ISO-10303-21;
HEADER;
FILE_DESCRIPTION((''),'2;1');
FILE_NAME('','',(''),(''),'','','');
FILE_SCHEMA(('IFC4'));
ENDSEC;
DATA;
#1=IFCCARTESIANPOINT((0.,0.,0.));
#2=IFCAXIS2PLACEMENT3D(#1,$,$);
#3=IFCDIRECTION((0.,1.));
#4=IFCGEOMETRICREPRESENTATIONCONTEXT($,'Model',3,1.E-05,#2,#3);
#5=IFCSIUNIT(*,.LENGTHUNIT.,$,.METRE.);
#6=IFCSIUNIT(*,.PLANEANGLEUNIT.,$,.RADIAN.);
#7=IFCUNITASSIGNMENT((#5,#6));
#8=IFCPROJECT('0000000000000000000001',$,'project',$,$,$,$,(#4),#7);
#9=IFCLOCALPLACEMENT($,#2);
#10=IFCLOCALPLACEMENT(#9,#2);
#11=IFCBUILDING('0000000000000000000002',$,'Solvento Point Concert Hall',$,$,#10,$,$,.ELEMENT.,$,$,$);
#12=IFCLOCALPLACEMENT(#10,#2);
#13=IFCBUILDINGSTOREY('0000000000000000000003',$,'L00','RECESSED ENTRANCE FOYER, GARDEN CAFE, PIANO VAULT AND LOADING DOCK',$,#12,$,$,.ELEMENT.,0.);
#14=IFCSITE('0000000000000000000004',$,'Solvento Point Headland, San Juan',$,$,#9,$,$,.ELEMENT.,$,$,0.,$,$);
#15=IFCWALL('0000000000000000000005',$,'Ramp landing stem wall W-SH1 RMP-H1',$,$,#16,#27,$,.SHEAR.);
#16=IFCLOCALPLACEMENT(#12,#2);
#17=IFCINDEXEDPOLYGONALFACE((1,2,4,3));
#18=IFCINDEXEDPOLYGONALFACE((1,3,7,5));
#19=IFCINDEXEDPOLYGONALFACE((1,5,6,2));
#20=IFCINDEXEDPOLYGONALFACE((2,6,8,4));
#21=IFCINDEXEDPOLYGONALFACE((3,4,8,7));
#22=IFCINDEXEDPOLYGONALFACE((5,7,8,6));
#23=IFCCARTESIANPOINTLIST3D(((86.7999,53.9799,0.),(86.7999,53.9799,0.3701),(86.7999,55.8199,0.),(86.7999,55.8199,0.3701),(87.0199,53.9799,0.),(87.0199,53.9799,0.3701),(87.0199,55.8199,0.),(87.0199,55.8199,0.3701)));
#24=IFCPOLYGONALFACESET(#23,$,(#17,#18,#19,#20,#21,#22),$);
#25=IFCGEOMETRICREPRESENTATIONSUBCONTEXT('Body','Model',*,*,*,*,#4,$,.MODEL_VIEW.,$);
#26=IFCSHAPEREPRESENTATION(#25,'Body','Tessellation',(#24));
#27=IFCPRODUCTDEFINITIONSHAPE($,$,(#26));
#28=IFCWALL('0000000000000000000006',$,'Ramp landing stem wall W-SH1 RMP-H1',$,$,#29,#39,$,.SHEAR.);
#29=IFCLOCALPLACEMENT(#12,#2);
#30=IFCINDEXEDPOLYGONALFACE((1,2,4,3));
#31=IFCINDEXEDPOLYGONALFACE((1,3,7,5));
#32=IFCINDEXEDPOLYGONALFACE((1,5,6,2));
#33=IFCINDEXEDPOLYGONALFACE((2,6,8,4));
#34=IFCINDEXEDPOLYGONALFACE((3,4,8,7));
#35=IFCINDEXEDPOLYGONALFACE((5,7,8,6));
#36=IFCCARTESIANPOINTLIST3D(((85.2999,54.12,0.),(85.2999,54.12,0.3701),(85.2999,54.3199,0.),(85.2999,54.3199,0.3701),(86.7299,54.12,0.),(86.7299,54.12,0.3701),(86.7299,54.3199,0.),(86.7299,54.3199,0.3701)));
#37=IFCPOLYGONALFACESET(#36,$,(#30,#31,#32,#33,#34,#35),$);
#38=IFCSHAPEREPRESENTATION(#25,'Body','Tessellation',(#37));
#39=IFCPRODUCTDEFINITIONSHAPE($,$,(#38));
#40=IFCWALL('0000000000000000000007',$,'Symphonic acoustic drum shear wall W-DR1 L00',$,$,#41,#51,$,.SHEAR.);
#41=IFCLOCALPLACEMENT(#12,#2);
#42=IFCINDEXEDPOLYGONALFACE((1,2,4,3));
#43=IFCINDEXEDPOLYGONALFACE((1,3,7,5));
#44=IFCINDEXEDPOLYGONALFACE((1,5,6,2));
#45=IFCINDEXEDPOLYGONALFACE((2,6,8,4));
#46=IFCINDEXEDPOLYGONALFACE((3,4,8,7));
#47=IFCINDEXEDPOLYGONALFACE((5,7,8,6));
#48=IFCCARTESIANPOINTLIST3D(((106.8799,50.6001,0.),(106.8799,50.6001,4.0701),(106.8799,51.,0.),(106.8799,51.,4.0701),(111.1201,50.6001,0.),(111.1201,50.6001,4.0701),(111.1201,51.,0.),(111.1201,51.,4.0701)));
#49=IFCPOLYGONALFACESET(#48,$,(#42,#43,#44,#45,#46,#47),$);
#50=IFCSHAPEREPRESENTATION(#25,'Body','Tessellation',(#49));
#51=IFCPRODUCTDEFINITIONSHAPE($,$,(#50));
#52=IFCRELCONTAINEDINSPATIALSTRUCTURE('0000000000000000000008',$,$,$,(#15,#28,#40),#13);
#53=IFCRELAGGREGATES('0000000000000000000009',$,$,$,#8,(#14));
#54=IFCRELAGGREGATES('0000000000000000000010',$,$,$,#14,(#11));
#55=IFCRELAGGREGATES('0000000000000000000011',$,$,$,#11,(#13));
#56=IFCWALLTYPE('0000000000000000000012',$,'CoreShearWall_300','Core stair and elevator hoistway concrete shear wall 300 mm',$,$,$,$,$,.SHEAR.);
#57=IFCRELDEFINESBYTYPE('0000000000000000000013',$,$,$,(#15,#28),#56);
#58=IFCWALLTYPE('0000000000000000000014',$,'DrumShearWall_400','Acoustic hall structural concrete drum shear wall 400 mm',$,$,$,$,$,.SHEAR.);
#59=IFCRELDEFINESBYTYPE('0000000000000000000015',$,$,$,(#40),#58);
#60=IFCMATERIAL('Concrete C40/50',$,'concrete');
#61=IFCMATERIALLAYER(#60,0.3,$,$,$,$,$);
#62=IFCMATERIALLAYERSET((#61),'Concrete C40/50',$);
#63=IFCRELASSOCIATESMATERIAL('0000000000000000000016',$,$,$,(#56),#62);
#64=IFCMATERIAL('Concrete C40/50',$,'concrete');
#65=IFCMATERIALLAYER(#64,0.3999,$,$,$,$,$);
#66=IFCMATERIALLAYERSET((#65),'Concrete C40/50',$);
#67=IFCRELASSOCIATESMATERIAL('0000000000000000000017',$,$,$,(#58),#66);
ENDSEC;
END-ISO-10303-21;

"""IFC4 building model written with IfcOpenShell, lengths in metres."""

from ifc_helpers import new_model, si_unit, direction, frame, frame_2d, origin, place, context, subcontext, project, spatial, rectangle, extrude, material, layer, layer_set, type_object, element, save


model = new_model("IFC4")

# Units and contexts
model_context = context("Model", 3, precision=1e-05, world=origin(), true_north=direction((0.0, 1.0)))
body_context = subcontext(model_context, "Body", "Model", "MODEL_VIEW")
ifc_project = project(units=[si_unit("LENGTHUNIT", "METRE"), si_unit("PLANEANGLEUNIT", "RADIAN")], contexts=[model_context])

# Site, building, storey
site_placement = place(None, origin())
site = spatial("IfcSite", under=ifc_project, at=site_placement, Name="Solvento Point Headland, San Juan", CompositionType="ELEMENT", RefElevation=0.0)
building_placement = place(site_placement, origin())
building = spatial("IfcBuilding", under=site, at=building_placement, Name="Solvento Point Concert Hall", CompositionType="ELEMENT")
storey_placement = place(building_placement, origin())
storey = spatial("IfcBuildingStorey", under=building, at=storey_placement, Name="L00", Description="RECESSED ENTRANCE FOYER, GARDEN CAFE, PIANO VAULT AND LOADING DOCK", CompositionType="ELEMENT", Elevation=0.0)

# Walls
ifc_material_1 = material(Name="Concrete C40/50", Category="concrete")
ifc_layer_1 = layer(ifc_material_1, 0.3)
ifc_layer_set_1 = layer_set([ifc_layer_1], Name="Concrete C40/50")
wall_type_1 = type_object("IfcWallType", Name="CoreShearWall_300", Description="Core stair and elevator hoistway concrete shear wall 300 mm", PredefinedType="SHEAR", material=ifc_layer_set_1)
wall_1_placement = place(storey_placement, frame((86.9099, 53.98, 0.0), z_axis=(0.0, 0.0, 1.0), x_axis=(0.0, 1.0, 0.0)))
element("IfcWall", 1, at=wall_1_placement, inside=storey, type_object=wall_type_1, Name="Ramp landing stem wall W-SH1 RMP-H1", PredefinedType="SHEAR", context=body_context, shape_type="SweptSolid", body=[
    extrude(rectangle(XDim=1.8401, YDim=0.22, at=frame_2d((0.9199, 0.0))), origin(), (0.0, 0.0, 1.0), 0.3701),
])
wall_2_placement = place(storey_placement, frame((85.3, 54.22, 0.0), z_axis=(0.0, 0.0, 1.0), x_axis=(1.0, 0.0, 0.0)))
element("IfcWall", 2, at=wall_2_placement, inside=storey, type_object=wall_type_1, Name="Ramp landing stem wall W-SH1 RMP-H1", PredefinedType="SHEAR", context=body_context, shape_type="SweptSolid", body=[
    extrude(rectangle(XDim=1.4299, YDim=0.2, at=frame_2d((0.7148, 0.0))), origin(), (0.0, 0.0, 1.0), 0.3701),
])
ifc_material_2 = material(Name="Concrete C40/50", Category="concrete")
ifc_layer_2 = layer(ifc_material_2, 0.3999)
ifc_layer_set_2 = layer_set([ifc_layer_2], Name="Concrete C40/50")
wall_type_2 = type_object("IfcWallType", Name="DrumShearWall_400", Description="Acoustic hall structural concrete drum shear wall 400 mm", PredefinedType="SHEAR", material=ifc_layer_set_2)
wall_3_placement = place(storey_placement, frame((106.8799, 50.8, 0.0), z_axis=(0.0, 0.0, 1.0), x_axis=(1.0, 0.0, 0.0)))
element("IfcWall", 3, at=wall_3_placement, inside=storey, type_object=wall_type_2, Name="Symphonic acoustic drum shear wall W-DR1 L00", PredefinedType="SHEAR", context=body_context, shape_type="SweptSolid", body=[
    extrude(rectangle(XDim=4.2402, YDim=0.3999, at=frame_2d((2.1201, 0.0))), origin(), (0.0, 0.0, 1.0), 4.0701),
])

save(model, "model.ifc")
